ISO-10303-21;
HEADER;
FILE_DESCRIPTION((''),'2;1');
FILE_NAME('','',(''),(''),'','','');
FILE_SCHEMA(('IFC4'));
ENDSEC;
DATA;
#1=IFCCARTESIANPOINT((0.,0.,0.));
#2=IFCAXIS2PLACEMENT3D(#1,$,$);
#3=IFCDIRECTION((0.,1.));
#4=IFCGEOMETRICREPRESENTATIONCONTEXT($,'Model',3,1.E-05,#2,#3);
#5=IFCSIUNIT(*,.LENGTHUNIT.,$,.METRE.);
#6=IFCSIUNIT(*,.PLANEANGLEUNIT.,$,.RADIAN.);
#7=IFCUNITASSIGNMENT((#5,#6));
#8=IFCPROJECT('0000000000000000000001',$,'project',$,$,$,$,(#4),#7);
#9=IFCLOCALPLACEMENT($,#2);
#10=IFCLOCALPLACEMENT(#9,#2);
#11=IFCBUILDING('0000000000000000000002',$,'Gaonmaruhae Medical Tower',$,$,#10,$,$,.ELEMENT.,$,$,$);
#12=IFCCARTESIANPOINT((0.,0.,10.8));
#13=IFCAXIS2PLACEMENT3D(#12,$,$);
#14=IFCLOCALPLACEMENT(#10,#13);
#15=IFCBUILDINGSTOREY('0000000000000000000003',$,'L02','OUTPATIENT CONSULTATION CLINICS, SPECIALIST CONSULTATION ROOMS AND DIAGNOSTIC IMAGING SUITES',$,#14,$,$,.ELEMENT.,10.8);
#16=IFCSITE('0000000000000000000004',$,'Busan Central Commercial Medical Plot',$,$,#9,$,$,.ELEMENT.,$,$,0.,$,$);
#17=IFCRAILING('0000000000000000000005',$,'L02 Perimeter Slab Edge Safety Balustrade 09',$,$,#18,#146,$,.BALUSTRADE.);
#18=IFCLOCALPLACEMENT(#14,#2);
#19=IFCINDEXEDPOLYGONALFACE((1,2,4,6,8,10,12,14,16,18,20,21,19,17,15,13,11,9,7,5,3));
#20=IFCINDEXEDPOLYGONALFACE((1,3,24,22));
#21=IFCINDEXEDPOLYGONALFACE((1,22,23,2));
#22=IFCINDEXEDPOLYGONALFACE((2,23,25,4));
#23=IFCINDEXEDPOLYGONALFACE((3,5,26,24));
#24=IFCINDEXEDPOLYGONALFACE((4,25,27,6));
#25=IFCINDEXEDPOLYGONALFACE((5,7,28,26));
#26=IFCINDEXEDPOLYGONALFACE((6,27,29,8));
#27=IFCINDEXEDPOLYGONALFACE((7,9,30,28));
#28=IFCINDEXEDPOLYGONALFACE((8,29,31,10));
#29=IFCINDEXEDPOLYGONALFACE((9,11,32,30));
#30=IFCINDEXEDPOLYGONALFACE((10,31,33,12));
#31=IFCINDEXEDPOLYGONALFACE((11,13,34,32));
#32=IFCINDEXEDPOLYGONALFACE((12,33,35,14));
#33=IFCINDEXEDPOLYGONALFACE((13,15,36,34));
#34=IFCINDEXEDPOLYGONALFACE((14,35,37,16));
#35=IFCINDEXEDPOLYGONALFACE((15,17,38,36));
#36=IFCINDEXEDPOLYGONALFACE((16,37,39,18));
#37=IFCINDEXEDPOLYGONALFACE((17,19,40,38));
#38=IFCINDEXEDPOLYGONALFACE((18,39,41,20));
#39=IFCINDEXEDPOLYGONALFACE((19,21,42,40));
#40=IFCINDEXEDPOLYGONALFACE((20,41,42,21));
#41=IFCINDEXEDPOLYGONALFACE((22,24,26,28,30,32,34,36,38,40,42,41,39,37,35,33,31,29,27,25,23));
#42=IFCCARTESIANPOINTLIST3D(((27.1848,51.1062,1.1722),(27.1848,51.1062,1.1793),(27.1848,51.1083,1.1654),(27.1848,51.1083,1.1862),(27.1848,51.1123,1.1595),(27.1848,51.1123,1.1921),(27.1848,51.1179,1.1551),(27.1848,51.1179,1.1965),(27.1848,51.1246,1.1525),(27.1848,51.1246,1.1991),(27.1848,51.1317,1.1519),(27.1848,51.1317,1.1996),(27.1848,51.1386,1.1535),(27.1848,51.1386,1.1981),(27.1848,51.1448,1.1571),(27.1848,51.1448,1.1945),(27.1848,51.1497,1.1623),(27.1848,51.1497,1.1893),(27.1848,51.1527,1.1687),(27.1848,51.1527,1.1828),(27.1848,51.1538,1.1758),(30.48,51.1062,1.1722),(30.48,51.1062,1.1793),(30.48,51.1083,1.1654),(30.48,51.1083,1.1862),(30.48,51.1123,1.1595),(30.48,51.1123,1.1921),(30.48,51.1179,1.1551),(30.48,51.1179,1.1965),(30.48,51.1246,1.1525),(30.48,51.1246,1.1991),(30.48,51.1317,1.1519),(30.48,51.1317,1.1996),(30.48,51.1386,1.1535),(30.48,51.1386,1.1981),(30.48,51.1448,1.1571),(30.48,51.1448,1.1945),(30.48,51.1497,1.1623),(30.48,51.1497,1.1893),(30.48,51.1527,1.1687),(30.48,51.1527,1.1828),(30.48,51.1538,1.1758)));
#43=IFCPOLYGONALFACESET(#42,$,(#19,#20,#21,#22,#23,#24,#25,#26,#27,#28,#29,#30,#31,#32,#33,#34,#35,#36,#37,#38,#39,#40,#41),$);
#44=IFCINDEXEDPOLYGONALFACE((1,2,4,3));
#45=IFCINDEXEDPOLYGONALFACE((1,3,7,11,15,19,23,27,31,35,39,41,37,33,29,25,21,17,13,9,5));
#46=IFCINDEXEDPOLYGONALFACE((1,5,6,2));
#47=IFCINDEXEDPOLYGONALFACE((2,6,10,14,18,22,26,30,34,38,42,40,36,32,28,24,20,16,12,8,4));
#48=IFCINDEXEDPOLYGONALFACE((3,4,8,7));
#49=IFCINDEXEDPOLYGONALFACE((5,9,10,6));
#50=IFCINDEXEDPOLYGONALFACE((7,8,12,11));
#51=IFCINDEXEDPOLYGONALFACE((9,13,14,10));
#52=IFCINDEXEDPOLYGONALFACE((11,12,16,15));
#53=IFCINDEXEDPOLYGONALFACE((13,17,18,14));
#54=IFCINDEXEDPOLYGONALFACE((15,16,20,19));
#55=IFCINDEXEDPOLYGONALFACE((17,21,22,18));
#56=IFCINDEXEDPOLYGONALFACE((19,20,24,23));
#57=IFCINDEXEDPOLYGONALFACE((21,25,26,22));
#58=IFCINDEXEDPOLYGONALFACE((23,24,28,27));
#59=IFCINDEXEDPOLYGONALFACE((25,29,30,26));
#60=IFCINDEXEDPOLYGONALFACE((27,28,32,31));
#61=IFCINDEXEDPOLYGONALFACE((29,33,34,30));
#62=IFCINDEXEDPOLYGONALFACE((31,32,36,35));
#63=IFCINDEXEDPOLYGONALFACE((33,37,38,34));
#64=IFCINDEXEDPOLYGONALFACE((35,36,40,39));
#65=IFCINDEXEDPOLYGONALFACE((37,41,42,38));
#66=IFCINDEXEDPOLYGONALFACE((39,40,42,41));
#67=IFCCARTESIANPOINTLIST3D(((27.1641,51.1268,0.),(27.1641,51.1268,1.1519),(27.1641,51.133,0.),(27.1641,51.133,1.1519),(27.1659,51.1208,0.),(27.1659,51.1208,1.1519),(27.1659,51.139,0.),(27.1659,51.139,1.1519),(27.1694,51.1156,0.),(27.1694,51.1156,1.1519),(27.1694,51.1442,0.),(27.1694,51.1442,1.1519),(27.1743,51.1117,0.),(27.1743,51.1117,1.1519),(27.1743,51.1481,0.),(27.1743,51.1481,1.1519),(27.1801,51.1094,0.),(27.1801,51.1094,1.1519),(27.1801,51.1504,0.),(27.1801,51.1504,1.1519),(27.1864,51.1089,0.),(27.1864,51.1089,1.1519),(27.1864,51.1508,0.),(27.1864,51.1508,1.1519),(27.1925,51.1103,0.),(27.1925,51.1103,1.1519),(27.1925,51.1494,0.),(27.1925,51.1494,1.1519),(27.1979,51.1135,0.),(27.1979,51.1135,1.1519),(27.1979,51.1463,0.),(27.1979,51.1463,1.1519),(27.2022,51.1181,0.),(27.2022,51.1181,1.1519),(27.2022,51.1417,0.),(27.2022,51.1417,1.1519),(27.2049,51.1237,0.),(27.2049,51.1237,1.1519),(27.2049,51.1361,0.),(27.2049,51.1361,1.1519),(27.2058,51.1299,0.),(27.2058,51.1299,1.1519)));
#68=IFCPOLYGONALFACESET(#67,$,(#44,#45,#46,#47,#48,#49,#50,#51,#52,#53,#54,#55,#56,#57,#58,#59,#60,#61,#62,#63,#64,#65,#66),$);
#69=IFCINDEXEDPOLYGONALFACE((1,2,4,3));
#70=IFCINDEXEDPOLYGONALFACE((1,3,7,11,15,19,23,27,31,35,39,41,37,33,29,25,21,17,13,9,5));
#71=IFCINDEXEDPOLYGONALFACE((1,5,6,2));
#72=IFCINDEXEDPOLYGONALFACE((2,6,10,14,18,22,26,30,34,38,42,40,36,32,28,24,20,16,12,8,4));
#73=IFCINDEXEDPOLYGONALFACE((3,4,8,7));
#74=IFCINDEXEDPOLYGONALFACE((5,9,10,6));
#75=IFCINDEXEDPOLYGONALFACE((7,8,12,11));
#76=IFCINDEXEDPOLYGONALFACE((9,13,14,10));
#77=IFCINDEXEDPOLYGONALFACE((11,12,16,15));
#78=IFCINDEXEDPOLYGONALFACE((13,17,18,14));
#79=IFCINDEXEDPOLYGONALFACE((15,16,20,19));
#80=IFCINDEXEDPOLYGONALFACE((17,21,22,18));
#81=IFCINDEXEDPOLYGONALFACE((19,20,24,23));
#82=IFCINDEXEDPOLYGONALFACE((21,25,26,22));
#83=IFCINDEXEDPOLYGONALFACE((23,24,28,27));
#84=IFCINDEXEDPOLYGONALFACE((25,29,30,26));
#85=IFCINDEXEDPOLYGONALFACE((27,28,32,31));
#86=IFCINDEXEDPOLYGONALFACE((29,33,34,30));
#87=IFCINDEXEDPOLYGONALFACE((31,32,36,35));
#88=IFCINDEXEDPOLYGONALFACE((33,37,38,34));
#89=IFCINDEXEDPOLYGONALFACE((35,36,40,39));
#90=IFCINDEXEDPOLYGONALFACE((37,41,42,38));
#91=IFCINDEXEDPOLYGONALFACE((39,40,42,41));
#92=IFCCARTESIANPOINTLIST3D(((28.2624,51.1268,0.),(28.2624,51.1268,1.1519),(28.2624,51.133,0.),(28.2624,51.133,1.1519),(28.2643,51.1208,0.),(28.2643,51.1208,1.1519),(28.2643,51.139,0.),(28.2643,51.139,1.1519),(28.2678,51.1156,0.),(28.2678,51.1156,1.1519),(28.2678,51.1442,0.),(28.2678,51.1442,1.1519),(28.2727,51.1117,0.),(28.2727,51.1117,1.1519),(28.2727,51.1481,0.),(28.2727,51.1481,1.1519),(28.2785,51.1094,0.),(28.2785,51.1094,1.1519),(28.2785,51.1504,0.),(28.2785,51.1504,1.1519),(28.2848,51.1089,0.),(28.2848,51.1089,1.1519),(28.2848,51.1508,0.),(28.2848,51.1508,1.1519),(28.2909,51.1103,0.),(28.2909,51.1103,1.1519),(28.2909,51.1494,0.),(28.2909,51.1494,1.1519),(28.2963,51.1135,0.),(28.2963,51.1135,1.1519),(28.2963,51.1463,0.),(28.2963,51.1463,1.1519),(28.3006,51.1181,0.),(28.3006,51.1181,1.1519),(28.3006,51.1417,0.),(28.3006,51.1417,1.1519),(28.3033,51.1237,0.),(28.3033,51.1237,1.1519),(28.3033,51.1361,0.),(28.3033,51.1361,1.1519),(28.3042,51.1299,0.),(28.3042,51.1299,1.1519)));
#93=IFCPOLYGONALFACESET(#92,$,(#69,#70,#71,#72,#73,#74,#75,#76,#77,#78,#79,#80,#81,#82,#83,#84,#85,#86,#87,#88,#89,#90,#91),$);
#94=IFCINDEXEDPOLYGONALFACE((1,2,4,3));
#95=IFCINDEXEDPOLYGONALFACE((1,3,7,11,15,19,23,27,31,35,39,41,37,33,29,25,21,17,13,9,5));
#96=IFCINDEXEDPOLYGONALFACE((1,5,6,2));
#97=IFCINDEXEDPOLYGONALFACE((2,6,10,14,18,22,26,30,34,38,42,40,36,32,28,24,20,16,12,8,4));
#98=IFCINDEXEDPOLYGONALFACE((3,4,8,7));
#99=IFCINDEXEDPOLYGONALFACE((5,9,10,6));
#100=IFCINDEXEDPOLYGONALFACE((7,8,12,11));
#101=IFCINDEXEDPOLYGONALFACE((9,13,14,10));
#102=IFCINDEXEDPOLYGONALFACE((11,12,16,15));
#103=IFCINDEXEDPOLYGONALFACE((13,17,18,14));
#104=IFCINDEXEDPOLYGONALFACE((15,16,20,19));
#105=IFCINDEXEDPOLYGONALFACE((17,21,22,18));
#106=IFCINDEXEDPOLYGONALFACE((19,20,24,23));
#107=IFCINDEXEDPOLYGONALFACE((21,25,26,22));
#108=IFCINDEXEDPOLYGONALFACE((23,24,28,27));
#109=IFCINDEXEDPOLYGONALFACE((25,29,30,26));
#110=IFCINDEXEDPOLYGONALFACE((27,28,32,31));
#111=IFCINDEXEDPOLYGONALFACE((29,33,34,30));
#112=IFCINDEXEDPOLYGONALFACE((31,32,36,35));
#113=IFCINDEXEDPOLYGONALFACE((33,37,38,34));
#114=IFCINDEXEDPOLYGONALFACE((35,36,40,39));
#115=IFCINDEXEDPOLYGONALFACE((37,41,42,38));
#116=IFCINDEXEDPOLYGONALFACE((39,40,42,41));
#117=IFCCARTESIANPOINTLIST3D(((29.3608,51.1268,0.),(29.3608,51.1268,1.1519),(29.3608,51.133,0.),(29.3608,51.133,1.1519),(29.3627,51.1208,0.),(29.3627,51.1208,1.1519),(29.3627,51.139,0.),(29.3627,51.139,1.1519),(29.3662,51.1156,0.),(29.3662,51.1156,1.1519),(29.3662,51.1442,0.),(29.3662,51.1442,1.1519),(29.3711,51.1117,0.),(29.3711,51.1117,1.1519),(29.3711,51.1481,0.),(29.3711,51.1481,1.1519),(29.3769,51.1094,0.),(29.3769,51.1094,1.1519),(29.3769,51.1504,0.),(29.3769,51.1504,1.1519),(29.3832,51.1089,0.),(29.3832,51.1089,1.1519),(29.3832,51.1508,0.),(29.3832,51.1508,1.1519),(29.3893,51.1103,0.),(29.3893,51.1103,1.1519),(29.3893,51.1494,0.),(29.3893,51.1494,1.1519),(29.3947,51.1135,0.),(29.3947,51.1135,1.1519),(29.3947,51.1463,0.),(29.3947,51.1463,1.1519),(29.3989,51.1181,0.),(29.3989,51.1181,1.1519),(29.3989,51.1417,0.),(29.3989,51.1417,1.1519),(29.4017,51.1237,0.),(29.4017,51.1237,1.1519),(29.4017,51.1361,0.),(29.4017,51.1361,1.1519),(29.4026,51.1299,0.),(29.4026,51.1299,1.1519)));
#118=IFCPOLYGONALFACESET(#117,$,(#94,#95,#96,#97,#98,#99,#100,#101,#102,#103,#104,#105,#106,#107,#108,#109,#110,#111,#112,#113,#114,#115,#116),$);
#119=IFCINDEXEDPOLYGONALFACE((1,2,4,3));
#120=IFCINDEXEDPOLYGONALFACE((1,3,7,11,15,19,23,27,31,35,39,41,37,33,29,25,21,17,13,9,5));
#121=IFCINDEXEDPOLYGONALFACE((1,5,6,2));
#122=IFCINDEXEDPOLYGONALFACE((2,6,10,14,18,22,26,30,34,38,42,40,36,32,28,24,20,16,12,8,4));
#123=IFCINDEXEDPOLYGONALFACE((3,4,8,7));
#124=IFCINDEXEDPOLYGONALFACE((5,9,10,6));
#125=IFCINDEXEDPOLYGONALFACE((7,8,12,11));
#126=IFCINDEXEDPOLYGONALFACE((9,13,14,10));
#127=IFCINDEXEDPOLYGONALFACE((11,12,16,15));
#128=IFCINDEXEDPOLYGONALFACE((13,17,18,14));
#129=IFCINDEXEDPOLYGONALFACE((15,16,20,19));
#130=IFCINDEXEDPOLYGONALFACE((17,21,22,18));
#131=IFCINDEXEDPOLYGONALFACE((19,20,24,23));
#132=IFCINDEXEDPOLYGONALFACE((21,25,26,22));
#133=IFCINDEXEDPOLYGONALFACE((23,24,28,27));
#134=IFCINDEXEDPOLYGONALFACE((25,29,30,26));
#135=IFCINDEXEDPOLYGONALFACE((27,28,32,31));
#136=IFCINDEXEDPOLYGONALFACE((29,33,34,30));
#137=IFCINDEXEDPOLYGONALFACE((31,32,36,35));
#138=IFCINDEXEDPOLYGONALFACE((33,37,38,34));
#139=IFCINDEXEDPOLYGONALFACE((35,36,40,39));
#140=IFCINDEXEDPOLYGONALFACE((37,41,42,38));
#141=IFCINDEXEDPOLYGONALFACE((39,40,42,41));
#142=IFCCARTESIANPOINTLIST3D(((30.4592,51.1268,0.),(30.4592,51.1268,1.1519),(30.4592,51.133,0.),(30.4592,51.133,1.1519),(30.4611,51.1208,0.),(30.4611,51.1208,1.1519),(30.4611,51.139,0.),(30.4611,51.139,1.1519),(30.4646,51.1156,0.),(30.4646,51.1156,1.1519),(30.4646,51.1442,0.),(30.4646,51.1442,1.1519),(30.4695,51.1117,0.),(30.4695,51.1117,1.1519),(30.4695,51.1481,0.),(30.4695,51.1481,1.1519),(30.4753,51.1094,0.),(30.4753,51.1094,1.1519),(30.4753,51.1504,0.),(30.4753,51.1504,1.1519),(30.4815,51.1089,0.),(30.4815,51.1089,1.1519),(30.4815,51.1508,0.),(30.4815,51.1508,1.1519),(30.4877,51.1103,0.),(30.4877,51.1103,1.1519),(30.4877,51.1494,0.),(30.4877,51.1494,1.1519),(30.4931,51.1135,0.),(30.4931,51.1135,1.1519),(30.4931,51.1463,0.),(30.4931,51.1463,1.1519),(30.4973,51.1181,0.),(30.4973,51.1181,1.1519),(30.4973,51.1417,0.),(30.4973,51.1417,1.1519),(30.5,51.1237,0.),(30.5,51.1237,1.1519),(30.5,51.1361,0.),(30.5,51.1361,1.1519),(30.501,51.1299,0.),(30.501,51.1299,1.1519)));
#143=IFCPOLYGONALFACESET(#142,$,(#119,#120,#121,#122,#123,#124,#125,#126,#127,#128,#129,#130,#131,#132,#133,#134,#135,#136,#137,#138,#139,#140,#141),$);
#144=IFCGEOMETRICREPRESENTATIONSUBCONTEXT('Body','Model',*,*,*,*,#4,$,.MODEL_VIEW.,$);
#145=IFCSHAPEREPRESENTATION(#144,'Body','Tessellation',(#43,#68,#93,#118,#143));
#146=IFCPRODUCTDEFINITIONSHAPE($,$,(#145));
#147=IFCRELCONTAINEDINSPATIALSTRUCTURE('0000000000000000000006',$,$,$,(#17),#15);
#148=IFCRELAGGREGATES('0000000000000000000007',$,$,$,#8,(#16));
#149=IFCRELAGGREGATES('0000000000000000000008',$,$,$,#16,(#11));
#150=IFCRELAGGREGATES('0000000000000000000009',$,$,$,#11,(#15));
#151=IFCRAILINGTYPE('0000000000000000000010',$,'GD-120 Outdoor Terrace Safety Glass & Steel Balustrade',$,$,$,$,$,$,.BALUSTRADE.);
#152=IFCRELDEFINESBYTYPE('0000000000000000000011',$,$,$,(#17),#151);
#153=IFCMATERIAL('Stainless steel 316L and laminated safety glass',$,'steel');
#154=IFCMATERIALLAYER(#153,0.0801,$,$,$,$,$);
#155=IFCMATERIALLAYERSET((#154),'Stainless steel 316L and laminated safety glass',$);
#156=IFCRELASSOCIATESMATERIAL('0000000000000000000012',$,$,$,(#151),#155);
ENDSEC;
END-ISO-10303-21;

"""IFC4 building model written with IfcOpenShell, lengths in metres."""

from ifc_helpers import new_model, si_unit, direction, frame, origin, origin_2d, place, context, subcontext, project, spatial, circle, extrude, material, layer, layer_set, type_object, element, save


model = new_model("IFC4")

# Units and contexts
model_context = context("Model", 3, precision=1e-05, world=origin(), true_north=direction((0.0, 1.0)))
body_context = subcontext(model_context, "Body", "Model", "MODEL_VIEW")
ifc_project = project(units=[si_unit("LENGTHUNIT", "METRE"), si_unit("PLANEANGLEUNIT", "RADIAN")], contexts=[model_context])

# Site, building, storey
site_placement = place(None, origin())
site = spatial("IfcSite", under=ifc_project, at=site_placement, Name="Busan Central Commercial Medical Plot", CompositionType="ELEMENT", RefElevation=0.0)
building_placement = place(site_placement, origin())
building = spatial("IfcBuilding", under=site, at=building_placement, Name="Gaonmaruhae Medical Tower", CompositionType="ELEMENT")
storey_placement = place(building_placement, frame((0.0, 0.0, 10.8)))
storey = spatial("IfcBuildingStorey", under=building, at=storey_placement, Name="L02", Description="OUTPATIENT CONSULTATION CLINICS, SPECIALIST CONSULTATION ROOMS AND DIAGNOSTIC IMAGING SUITES", CompositionType="ELEMENT", Elevation=10.8)

# Railing
ifc_material_1 = material(Name="Stainless steel 316L and laminated safety glass", Category="steel")
ifc_layer_1 = layer(ifc_material_1, 0.0801)
ifc_layer_set_1 = layer_set([ifc_layer_1], Name="Stainless steel 316L and laminated safety glass")
railing_type = type_object("IfcRailingType", Name="GD-120 Outdoor Terrace Safety Glass & Steel Balustrade", PredefinedType="BALUSTRADE", material=ifc_layer_set_1)
railing_1_placement = place(storey_placement, frame((27.1848, 51.1299, 0.0)))
element("IfcRailing", 1, at=railing_1_placement, inside=storey, type_object=railing_type, Name="L02 Perimeter Slab Edge Safety Balustrade 09", PredefinedType="BALUSTRADE", context=body_context, shape_type="SweptSolid", body=[
    extrude(circle(Radius=0.0239, at=origin_2d()), frame((0.0, 0.0, 1.1758), z_axis=(1.0, 0.0, 0.0), x_axis=(0.0, 1.0, 0.0)), (0.0, 0.0, 1.0), 3.2952),
    extrude(circle(Radius=0.021, at=origin_2d()), origin(), (0.0, 0.0, 1.0), 1.1519),
    extrude(circle(Radius=0.021, at=origin_2d()), frame((1.0984, 0.0, 0.0)), (0.0, 0.0, 1.0), 1.1519),
    extrude(circle(Radius=0.021, at=origin_2d()), frame((2.1968, 0.0, 0.0)), (0.0, 0.0, 1.0), 1.1519),
    extrude(circle(Radius=0.021, at=origin_2d()), frame((3.2952, 0.0, 0.0)), (0.0, 0.0, 1.0), 1.1519),
])

save(model, "model.ifc")
